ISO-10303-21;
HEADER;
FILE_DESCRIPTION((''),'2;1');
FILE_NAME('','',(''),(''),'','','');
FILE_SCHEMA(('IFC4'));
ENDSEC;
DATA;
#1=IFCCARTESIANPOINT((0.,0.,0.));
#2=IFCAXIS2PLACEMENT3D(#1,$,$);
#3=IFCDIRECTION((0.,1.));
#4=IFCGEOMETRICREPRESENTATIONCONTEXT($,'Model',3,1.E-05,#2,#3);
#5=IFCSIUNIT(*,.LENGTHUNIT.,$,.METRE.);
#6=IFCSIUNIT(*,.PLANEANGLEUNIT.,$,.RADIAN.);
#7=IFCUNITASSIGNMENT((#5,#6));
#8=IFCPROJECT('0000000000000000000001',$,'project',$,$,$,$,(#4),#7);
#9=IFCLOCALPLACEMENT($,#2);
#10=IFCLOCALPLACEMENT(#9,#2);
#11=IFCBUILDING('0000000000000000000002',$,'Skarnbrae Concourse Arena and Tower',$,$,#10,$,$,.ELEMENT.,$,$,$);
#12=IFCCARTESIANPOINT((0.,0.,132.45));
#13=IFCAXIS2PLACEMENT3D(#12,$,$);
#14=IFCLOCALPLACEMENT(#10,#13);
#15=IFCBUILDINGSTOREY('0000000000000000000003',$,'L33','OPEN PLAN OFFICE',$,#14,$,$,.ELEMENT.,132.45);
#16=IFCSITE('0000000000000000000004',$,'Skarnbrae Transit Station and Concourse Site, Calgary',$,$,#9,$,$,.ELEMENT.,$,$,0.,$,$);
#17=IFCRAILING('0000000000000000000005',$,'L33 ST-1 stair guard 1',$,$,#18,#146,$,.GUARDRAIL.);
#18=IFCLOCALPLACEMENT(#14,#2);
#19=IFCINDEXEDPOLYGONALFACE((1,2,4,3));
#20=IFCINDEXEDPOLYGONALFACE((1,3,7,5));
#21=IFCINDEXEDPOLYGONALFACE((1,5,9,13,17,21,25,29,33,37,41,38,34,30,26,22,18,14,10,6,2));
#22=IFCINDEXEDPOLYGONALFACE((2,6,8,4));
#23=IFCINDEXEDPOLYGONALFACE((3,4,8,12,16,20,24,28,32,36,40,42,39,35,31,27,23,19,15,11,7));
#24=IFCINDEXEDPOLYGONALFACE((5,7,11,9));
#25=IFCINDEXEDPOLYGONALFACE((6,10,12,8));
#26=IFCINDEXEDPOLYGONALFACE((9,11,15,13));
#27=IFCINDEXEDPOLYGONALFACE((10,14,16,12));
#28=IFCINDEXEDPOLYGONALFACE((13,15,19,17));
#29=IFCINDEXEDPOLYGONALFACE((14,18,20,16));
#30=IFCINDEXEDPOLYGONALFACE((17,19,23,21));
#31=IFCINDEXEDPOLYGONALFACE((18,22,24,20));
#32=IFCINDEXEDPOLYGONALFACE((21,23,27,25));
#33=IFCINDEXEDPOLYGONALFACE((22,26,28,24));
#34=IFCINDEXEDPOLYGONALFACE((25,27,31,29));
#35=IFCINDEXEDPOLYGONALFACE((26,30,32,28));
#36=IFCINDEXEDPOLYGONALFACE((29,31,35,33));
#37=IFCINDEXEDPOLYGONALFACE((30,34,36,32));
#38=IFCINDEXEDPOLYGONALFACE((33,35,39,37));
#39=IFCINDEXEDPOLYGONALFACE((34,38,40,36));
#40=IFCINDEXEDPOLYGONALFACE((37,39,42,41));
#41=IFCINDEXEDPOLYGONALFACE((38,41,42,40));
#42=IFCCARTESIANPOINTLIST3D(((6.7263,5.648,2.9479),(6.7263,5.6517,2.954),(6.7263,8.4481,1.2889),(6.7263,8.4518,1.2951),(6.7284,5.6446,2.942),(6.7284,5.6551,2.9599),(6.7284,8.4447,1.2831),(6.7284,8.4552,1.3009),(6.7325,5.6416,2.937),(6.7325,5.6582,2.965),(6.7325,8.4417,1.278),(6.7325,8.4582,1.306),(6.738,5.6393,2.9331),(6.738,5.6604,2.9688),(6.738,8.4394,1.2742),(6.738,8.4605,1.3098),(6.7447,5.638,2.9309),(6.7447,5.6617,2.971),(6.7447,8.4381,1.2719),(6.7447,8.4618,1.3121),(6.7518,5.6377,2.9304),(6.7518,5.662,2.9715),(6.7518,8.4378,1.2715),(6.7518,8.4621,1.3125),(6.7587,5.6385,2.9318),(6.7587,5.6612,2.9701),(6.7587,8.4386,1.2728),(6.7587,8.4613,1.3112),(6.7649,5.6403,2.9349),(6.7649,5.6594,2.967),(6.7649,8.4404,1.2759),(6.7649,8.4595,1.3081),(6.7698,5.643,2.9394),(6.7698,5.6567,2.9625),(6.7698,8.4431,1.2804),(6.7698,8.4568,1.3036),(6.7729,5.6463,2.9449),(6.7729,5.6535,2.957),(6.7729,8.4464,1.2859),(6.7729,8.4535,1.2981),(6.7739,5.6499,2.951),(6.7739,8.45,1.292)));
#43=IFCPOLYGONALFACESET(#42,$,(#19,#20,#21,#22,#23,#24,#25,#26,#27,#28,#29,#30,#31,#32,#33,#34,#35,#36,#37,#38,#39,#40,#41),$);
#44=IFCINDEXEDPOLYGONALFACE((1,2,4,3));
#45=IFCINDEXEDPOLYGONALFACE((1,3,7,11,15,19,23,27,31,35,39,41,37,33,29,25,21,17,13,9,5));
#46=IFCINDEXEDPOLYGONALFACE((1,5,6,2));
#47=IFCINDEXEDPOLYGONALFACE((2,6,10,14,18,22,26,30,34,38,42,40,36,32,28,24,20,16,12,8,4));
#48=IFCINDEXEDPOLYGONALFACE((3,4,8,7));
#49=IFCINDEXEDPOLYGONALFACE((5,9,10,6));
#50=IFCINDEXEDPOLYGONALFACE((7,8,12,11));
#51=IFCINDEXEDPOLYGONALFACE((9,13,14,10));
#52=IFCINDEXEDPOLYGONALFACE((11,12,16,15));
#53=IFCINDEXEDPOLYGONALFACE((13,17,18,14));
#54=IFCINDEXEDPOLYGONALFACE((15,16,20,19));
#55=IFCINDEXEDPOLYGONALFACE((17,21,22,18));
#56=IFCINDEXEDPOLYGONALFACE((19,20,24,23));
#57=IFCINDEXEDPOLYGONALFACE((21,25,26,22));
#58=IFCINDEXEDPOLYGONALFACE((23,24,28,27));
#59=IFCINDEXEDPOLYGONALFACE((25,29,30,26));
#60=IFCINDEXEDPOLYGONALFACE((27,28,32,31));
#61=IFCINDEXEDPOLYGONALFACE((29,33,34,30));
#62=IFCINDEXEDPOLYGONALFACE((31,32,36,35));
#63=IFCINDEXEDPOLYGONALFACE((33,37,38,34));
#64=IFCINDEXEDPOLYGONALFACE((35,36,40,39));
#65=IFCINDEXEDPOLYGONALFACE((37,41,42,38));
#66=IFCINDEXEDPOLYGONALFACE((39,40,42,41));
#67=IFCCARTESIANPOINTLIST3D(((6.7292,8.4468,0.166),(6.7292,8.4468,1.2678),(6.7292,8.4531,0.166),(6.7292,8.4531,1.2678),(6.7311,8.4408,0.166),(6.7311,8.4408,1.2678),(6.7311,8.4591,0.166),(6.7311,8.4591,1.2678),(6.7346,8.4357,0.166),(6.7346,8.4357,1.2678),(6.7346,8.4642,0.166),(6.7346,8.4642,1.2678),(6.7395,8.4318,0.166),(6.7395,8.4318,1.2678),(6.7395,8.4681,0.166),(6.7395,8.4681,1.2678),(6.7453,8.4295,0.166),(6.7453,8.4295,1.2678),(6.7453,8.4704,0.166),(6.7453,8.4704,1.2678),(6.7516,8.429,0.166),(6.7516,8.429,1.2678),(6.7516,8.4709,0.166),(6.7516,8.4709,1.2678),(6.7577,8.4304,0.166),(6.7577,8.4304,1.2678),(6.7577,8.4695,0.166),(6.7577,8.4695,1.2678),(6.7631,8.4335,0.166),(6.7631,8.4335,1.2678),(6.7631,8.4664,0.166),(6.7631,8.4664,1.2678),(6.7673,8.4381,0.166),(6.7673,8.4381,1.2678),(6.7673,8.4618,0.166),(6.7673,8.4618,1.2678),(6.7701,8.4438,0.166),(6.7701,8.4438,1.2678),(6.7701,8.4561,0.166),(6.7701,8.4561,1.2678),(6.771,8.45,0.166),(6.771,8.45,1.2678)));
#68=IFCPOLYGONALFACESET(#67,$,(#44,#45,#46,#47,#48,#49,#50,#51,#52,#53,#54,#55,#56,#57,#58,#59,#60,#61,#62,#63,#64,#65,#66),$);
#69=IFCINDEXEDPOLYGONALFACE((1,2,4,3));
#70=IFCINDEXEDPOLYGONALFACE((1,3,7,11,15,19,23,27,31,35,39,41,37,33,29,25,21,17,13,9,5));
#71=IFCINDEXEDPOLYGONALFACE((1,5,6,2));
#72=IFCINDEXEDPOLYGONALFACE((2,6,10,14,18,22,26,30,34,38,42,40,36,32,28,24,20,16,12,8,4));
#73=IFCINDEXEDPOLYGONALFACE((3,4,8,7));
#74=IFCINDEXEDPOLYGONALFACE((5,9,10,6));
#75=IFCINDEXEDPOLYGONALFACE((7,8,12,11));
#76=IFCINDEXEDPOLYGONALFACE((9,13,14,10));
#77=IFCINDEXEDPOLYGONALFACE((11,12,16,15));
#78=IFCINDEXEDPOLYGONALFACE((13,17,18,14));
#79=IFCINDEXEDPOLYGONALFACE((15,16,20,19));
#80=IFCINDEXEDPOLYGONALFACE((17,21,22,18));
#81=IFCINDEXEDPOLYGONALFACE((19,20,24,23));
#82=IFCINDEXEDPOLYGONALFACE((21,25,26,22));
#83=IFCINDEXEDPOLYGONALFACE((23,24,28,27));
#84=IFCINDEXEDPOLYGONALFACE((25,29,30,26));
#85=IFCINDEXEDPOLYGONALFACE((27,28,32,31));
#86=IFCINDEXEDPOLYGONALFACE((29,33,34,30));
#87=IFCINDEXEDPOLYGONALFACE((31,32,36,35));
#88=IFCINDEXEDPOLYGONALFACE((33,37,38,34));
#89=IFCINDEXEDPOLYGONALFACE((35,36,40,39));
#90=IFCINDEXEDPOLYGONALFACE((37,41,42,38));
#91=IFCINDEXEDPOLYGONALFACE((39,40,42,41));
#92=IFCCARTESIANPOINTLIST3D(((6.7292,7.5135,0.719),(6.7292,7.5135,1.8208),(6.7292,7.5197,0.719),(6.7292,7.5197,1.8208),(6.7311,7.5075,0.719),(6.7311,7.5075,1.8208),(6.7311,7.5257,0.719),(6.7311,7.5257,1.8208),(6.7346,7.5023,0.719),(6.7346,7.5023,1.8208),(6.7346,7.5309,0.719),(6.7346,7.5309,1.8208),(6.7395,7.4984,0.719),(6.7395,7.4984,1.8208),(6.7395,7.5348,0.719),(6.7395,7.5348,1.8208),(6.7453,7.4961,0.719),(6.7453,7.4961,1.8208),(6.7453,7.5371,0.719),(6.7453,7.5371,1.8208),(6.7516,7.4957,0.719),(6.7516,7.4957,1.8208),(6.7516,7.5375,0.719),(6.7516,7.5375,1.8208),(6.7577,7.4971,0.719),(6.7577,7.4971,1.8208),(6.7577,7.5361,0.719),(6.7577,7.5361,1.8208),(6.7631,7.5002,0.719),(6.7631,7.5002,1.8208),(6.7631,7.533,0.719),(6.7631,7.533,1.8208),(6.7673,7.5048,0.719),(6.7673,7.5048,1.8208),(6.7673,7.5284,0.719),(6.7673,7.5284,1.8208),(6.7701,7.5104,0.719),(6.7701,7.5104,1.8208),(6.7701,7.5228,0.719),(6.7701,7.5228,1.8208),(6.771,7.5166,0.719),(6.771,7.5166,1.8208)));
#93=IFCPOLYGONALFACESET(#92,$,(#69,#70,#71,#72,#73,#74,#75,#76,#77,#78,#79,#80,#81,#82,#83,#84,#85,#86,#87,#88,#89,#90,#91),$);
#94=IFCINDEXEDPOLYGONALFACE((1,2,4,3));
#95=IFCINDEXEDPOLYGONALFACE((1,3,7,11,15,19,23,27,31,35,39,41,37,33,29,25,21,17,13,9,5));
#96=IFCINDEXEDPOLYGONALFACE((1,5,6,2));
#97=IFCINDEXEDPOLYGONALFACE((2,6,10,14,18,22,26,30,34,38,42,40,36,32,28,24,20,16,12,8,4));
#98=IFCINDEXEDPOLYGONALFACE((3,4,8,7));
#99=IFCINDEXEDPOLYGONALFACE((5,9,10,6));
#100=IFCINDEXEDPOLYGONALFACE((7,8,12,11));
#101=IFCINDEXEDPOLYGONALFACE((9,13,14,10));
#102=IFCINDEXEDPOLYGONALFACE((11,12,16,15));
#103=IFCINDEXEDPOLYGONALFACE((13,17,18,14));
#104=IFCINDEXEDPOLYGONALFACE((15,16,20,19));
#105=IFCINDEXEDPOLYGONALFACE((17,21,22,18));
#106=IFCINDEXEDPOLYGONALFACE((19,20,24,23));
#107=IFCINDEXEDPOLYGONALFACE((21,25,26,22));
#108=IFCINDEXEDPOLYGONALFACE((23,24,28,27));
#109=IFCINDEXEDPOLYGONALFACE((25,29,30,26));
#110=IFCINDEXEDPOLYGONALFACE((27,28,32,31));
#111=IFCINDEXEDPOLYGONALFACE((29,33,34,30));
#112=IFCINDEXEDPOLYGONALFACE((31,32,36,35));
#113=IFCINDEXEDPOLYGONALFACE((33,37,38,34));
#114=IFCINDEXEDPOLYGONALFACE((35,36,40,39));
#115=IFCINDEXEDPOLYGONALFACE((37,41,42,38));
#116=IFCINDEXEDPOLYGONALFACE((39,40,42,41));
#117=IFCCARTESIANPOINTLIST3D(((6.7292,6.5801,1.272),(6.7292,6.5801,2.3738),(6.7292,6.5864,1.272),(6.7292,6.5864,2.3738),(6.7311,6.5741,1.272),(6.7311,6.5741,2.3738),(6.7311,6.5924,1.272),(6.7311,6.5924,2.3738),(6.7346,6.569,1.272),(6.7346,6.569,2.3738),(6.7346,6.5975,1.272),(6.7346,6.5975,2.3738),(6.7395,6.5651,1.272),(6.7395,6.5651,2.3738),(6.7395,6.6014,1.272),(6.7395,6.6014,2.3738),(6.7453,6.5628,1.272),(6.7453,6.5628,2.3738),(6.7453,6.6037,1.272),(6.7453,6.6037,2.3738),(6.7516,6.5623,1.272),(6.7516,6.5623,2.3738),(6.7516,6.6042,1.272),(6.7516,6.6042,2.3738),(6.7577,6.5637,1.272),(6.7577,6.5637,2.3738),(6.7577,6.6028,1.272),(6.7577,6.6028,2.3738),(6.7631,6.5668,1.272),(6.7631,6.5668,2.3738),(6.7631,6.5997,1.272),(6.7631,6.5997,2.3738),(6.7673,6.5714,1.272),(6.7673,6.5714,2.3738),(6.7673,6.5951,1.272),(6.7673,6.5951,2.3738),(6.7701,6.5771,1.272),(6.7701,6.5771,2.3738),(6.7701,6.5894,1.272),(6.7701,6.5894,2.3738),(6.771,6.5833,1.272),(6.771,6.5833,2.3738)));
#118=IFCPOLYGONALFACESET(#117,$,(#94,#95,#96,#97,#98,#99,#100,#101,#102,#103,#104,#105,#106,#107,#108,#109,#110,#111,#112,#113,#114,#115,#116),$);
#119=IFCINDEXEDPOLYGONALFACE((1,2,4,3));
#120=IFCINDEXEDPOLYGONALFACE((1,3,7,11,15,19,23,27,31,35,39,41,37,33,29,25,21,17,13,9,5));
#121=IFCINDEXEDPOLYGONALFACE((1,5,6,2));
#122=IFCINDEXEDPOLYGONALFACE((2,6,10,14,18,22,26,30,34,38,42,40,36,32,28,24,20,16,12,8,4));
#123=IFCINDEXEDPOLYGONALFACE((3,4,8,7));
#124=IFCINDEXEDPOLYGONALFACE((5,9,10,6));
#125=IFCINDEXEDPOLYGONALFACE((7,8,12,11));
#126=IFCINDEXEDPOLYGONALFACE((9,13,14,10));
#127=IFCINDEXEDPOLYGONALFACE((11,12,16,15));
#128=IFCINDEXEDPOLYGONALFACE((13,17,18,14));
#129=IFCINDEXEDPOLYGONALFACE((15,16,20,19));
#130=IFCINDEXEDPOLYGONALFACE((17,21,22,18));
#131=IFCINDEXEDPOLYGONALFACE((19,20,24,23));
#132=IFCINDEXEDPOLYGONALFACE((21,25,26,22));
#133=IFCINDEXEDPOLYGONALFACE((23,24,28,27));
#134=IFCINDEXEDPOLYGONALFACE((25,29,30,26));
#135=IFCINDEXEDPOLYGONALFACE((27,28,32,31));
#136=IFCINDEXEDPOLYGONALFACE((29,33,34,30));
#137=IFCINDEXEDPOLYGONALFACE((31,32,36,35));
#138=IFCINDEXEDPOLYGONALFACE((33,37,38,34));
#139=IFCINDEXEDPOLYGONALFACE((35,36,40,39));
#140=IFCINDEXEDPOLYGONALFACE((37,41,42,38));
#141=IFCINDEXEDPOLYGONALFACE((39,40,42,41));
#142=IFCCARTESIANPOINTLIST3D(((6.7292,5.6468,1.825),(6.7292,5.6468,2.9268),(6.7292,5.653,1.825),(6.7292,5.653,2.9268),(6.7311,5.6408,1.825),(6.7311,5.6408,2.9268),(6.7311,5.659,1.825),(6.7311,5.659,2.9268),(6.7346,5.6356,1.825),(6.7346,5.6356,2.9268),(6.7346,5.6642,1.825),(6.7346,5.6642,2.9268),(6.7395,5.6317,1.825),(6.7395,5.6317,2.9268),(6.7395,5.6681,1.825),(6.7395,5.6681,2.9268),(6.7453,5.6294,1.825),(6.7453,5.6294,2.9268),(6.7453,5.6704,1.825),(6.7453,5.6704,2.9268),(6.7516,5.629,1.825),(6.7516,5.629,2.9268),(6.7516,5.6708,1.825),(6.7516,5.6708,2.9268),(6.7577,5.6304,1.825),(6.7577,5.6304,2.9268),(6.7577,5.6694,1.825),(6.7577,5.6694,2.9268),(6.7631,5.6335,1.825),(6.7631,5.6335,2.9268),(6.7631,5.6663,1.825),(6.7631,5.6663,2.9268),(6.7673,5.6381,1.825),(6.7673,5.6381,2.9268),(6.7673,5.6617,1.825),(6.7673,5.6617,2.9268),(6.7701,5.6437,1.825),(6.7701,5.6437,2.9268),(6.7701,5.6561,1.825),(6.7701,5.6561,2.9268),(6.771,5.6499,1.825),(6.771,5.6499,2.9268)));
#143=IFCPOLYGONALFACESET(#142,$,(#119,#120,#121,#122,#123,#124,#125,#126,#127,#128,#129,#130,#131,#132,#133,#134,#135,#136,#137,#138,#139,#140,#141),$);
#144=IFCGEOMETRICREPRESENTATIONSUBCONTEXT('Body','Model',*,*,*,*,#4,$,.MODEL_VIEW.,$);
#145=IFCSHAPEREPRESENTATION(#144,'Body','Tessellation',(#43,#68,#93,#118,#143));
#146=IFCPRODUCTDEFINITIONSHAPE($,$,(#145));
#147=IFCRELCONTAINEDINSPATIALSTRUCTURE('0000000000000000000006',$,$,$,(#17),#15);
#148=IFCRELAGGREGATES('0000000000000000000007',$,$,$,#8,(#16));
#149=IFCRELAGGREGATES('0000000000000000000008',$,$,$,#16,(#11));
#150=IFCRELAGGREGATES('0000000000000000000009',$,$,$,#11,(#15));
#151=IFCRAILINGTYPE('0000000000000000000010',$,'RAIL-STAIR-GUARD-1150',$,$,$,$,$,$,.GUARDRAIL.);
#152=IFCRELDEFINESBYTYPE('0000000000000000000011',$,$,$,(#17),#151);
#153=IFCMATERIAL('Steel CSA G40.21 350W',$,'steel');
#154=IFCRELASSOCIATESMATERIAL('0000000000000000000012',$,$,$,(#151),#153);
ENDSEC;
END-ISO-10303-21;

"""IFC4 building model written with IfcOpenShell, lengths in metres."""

from ifc_helpers import new_model, si_unit, direction, frame, origin, origin_2d, place, context, subcontext, project, spatial, circle, extrude, material, type_object, element, save


model = new_model("IFC4")

# Units and contexts
model_context = context("Model", 3, precision=1e-05, world=origin(), true_north=direction((0.0, 1.0)))
body_context = subcontext(model_context, "Body", "Model", "MODEL_VIEW")
ifc_project = project(units=[si_unit("LENGTHUNIT", "METRE"), si_unit("PLANEANGLEUNIT", "RADIAN")], contexts=[model_context])

# Site, building, storey
site_placement = place(None, origin())
site = spatial("IfcSite", under=ifc_project, at=site_placement, Name="Skarnbrae Transit Station and Concourse Site, Calgary", CompositionType="ELEMENT", RefElevation=0.0)
building_placement = place(site_placement, origin())
building = spatial("IfcBuilding", under=site, at=building_placement, Name="Skarnbrae Concourse Arena and Tower", CompositionType="ELEMENT")
storey_placement = place(building_placement, frame((0.0, 0.0, 132.45)))
storey = spatial("IfcBuildingStorey", under=building, at=storey_placement, Name="L33", Description="OPEN PLAN OFFICE", CompositionType="ELEMENT", Elevation=132.45)

# Railing
ifc_material_1 = material(Name="Steel CSA G40.21 350W", Category="steel")
railing_type_1 = type_object("IfcRailingType", Name="RAIL-STAIR-GUARD-1150", PredefinedType="GUARDRAIL", material=ifc_material_1)
railing_1_placement = place(storey_placement, frame((6.75, 8.45, 0.166)))
element("IfcRailing", 1, at=railing_1_placement, inside=storey, type_object=railing_type_1, Name="L33 ST-1 stair guard 1", PredefinedType="GUARDRAIL", context=body_context, shape_type="SweptSolid", body=[
    extrude(circle(Radius=0.0239, at=origin_2d()), frame((0.0, 0.0, 1.126), z_axis=(0.0, -0.860339, 0.509722), x_axis=(1.0, 0.0, 0.0)), (0.0, 0.0, 1.0), 3.2546),
    extrude(circle(Radius=0.021, at=origin_2d()), origin(), (0.0, 0.0, 1.0), 1.1018),
    extrude(circle(Radius=0.021, at=origin_2d()), frame((0.0, -0.9333, 0.553)), (0.0, 0.0, 1.0), 1.1018),
    extrude(circle(Radius=0.021, at=origin_2d()), frame((0.0, -1.8667, 1.106)), (0.0, 0.0, 1.0), 1.1018),
    extrude(circle(Radius=0.021, at=origin_2d()), frame((0.0, -2.8, 1.6589)), (0.0, 0.0, 1.0), 1.1018),
])

save(model, "model.ifc")
